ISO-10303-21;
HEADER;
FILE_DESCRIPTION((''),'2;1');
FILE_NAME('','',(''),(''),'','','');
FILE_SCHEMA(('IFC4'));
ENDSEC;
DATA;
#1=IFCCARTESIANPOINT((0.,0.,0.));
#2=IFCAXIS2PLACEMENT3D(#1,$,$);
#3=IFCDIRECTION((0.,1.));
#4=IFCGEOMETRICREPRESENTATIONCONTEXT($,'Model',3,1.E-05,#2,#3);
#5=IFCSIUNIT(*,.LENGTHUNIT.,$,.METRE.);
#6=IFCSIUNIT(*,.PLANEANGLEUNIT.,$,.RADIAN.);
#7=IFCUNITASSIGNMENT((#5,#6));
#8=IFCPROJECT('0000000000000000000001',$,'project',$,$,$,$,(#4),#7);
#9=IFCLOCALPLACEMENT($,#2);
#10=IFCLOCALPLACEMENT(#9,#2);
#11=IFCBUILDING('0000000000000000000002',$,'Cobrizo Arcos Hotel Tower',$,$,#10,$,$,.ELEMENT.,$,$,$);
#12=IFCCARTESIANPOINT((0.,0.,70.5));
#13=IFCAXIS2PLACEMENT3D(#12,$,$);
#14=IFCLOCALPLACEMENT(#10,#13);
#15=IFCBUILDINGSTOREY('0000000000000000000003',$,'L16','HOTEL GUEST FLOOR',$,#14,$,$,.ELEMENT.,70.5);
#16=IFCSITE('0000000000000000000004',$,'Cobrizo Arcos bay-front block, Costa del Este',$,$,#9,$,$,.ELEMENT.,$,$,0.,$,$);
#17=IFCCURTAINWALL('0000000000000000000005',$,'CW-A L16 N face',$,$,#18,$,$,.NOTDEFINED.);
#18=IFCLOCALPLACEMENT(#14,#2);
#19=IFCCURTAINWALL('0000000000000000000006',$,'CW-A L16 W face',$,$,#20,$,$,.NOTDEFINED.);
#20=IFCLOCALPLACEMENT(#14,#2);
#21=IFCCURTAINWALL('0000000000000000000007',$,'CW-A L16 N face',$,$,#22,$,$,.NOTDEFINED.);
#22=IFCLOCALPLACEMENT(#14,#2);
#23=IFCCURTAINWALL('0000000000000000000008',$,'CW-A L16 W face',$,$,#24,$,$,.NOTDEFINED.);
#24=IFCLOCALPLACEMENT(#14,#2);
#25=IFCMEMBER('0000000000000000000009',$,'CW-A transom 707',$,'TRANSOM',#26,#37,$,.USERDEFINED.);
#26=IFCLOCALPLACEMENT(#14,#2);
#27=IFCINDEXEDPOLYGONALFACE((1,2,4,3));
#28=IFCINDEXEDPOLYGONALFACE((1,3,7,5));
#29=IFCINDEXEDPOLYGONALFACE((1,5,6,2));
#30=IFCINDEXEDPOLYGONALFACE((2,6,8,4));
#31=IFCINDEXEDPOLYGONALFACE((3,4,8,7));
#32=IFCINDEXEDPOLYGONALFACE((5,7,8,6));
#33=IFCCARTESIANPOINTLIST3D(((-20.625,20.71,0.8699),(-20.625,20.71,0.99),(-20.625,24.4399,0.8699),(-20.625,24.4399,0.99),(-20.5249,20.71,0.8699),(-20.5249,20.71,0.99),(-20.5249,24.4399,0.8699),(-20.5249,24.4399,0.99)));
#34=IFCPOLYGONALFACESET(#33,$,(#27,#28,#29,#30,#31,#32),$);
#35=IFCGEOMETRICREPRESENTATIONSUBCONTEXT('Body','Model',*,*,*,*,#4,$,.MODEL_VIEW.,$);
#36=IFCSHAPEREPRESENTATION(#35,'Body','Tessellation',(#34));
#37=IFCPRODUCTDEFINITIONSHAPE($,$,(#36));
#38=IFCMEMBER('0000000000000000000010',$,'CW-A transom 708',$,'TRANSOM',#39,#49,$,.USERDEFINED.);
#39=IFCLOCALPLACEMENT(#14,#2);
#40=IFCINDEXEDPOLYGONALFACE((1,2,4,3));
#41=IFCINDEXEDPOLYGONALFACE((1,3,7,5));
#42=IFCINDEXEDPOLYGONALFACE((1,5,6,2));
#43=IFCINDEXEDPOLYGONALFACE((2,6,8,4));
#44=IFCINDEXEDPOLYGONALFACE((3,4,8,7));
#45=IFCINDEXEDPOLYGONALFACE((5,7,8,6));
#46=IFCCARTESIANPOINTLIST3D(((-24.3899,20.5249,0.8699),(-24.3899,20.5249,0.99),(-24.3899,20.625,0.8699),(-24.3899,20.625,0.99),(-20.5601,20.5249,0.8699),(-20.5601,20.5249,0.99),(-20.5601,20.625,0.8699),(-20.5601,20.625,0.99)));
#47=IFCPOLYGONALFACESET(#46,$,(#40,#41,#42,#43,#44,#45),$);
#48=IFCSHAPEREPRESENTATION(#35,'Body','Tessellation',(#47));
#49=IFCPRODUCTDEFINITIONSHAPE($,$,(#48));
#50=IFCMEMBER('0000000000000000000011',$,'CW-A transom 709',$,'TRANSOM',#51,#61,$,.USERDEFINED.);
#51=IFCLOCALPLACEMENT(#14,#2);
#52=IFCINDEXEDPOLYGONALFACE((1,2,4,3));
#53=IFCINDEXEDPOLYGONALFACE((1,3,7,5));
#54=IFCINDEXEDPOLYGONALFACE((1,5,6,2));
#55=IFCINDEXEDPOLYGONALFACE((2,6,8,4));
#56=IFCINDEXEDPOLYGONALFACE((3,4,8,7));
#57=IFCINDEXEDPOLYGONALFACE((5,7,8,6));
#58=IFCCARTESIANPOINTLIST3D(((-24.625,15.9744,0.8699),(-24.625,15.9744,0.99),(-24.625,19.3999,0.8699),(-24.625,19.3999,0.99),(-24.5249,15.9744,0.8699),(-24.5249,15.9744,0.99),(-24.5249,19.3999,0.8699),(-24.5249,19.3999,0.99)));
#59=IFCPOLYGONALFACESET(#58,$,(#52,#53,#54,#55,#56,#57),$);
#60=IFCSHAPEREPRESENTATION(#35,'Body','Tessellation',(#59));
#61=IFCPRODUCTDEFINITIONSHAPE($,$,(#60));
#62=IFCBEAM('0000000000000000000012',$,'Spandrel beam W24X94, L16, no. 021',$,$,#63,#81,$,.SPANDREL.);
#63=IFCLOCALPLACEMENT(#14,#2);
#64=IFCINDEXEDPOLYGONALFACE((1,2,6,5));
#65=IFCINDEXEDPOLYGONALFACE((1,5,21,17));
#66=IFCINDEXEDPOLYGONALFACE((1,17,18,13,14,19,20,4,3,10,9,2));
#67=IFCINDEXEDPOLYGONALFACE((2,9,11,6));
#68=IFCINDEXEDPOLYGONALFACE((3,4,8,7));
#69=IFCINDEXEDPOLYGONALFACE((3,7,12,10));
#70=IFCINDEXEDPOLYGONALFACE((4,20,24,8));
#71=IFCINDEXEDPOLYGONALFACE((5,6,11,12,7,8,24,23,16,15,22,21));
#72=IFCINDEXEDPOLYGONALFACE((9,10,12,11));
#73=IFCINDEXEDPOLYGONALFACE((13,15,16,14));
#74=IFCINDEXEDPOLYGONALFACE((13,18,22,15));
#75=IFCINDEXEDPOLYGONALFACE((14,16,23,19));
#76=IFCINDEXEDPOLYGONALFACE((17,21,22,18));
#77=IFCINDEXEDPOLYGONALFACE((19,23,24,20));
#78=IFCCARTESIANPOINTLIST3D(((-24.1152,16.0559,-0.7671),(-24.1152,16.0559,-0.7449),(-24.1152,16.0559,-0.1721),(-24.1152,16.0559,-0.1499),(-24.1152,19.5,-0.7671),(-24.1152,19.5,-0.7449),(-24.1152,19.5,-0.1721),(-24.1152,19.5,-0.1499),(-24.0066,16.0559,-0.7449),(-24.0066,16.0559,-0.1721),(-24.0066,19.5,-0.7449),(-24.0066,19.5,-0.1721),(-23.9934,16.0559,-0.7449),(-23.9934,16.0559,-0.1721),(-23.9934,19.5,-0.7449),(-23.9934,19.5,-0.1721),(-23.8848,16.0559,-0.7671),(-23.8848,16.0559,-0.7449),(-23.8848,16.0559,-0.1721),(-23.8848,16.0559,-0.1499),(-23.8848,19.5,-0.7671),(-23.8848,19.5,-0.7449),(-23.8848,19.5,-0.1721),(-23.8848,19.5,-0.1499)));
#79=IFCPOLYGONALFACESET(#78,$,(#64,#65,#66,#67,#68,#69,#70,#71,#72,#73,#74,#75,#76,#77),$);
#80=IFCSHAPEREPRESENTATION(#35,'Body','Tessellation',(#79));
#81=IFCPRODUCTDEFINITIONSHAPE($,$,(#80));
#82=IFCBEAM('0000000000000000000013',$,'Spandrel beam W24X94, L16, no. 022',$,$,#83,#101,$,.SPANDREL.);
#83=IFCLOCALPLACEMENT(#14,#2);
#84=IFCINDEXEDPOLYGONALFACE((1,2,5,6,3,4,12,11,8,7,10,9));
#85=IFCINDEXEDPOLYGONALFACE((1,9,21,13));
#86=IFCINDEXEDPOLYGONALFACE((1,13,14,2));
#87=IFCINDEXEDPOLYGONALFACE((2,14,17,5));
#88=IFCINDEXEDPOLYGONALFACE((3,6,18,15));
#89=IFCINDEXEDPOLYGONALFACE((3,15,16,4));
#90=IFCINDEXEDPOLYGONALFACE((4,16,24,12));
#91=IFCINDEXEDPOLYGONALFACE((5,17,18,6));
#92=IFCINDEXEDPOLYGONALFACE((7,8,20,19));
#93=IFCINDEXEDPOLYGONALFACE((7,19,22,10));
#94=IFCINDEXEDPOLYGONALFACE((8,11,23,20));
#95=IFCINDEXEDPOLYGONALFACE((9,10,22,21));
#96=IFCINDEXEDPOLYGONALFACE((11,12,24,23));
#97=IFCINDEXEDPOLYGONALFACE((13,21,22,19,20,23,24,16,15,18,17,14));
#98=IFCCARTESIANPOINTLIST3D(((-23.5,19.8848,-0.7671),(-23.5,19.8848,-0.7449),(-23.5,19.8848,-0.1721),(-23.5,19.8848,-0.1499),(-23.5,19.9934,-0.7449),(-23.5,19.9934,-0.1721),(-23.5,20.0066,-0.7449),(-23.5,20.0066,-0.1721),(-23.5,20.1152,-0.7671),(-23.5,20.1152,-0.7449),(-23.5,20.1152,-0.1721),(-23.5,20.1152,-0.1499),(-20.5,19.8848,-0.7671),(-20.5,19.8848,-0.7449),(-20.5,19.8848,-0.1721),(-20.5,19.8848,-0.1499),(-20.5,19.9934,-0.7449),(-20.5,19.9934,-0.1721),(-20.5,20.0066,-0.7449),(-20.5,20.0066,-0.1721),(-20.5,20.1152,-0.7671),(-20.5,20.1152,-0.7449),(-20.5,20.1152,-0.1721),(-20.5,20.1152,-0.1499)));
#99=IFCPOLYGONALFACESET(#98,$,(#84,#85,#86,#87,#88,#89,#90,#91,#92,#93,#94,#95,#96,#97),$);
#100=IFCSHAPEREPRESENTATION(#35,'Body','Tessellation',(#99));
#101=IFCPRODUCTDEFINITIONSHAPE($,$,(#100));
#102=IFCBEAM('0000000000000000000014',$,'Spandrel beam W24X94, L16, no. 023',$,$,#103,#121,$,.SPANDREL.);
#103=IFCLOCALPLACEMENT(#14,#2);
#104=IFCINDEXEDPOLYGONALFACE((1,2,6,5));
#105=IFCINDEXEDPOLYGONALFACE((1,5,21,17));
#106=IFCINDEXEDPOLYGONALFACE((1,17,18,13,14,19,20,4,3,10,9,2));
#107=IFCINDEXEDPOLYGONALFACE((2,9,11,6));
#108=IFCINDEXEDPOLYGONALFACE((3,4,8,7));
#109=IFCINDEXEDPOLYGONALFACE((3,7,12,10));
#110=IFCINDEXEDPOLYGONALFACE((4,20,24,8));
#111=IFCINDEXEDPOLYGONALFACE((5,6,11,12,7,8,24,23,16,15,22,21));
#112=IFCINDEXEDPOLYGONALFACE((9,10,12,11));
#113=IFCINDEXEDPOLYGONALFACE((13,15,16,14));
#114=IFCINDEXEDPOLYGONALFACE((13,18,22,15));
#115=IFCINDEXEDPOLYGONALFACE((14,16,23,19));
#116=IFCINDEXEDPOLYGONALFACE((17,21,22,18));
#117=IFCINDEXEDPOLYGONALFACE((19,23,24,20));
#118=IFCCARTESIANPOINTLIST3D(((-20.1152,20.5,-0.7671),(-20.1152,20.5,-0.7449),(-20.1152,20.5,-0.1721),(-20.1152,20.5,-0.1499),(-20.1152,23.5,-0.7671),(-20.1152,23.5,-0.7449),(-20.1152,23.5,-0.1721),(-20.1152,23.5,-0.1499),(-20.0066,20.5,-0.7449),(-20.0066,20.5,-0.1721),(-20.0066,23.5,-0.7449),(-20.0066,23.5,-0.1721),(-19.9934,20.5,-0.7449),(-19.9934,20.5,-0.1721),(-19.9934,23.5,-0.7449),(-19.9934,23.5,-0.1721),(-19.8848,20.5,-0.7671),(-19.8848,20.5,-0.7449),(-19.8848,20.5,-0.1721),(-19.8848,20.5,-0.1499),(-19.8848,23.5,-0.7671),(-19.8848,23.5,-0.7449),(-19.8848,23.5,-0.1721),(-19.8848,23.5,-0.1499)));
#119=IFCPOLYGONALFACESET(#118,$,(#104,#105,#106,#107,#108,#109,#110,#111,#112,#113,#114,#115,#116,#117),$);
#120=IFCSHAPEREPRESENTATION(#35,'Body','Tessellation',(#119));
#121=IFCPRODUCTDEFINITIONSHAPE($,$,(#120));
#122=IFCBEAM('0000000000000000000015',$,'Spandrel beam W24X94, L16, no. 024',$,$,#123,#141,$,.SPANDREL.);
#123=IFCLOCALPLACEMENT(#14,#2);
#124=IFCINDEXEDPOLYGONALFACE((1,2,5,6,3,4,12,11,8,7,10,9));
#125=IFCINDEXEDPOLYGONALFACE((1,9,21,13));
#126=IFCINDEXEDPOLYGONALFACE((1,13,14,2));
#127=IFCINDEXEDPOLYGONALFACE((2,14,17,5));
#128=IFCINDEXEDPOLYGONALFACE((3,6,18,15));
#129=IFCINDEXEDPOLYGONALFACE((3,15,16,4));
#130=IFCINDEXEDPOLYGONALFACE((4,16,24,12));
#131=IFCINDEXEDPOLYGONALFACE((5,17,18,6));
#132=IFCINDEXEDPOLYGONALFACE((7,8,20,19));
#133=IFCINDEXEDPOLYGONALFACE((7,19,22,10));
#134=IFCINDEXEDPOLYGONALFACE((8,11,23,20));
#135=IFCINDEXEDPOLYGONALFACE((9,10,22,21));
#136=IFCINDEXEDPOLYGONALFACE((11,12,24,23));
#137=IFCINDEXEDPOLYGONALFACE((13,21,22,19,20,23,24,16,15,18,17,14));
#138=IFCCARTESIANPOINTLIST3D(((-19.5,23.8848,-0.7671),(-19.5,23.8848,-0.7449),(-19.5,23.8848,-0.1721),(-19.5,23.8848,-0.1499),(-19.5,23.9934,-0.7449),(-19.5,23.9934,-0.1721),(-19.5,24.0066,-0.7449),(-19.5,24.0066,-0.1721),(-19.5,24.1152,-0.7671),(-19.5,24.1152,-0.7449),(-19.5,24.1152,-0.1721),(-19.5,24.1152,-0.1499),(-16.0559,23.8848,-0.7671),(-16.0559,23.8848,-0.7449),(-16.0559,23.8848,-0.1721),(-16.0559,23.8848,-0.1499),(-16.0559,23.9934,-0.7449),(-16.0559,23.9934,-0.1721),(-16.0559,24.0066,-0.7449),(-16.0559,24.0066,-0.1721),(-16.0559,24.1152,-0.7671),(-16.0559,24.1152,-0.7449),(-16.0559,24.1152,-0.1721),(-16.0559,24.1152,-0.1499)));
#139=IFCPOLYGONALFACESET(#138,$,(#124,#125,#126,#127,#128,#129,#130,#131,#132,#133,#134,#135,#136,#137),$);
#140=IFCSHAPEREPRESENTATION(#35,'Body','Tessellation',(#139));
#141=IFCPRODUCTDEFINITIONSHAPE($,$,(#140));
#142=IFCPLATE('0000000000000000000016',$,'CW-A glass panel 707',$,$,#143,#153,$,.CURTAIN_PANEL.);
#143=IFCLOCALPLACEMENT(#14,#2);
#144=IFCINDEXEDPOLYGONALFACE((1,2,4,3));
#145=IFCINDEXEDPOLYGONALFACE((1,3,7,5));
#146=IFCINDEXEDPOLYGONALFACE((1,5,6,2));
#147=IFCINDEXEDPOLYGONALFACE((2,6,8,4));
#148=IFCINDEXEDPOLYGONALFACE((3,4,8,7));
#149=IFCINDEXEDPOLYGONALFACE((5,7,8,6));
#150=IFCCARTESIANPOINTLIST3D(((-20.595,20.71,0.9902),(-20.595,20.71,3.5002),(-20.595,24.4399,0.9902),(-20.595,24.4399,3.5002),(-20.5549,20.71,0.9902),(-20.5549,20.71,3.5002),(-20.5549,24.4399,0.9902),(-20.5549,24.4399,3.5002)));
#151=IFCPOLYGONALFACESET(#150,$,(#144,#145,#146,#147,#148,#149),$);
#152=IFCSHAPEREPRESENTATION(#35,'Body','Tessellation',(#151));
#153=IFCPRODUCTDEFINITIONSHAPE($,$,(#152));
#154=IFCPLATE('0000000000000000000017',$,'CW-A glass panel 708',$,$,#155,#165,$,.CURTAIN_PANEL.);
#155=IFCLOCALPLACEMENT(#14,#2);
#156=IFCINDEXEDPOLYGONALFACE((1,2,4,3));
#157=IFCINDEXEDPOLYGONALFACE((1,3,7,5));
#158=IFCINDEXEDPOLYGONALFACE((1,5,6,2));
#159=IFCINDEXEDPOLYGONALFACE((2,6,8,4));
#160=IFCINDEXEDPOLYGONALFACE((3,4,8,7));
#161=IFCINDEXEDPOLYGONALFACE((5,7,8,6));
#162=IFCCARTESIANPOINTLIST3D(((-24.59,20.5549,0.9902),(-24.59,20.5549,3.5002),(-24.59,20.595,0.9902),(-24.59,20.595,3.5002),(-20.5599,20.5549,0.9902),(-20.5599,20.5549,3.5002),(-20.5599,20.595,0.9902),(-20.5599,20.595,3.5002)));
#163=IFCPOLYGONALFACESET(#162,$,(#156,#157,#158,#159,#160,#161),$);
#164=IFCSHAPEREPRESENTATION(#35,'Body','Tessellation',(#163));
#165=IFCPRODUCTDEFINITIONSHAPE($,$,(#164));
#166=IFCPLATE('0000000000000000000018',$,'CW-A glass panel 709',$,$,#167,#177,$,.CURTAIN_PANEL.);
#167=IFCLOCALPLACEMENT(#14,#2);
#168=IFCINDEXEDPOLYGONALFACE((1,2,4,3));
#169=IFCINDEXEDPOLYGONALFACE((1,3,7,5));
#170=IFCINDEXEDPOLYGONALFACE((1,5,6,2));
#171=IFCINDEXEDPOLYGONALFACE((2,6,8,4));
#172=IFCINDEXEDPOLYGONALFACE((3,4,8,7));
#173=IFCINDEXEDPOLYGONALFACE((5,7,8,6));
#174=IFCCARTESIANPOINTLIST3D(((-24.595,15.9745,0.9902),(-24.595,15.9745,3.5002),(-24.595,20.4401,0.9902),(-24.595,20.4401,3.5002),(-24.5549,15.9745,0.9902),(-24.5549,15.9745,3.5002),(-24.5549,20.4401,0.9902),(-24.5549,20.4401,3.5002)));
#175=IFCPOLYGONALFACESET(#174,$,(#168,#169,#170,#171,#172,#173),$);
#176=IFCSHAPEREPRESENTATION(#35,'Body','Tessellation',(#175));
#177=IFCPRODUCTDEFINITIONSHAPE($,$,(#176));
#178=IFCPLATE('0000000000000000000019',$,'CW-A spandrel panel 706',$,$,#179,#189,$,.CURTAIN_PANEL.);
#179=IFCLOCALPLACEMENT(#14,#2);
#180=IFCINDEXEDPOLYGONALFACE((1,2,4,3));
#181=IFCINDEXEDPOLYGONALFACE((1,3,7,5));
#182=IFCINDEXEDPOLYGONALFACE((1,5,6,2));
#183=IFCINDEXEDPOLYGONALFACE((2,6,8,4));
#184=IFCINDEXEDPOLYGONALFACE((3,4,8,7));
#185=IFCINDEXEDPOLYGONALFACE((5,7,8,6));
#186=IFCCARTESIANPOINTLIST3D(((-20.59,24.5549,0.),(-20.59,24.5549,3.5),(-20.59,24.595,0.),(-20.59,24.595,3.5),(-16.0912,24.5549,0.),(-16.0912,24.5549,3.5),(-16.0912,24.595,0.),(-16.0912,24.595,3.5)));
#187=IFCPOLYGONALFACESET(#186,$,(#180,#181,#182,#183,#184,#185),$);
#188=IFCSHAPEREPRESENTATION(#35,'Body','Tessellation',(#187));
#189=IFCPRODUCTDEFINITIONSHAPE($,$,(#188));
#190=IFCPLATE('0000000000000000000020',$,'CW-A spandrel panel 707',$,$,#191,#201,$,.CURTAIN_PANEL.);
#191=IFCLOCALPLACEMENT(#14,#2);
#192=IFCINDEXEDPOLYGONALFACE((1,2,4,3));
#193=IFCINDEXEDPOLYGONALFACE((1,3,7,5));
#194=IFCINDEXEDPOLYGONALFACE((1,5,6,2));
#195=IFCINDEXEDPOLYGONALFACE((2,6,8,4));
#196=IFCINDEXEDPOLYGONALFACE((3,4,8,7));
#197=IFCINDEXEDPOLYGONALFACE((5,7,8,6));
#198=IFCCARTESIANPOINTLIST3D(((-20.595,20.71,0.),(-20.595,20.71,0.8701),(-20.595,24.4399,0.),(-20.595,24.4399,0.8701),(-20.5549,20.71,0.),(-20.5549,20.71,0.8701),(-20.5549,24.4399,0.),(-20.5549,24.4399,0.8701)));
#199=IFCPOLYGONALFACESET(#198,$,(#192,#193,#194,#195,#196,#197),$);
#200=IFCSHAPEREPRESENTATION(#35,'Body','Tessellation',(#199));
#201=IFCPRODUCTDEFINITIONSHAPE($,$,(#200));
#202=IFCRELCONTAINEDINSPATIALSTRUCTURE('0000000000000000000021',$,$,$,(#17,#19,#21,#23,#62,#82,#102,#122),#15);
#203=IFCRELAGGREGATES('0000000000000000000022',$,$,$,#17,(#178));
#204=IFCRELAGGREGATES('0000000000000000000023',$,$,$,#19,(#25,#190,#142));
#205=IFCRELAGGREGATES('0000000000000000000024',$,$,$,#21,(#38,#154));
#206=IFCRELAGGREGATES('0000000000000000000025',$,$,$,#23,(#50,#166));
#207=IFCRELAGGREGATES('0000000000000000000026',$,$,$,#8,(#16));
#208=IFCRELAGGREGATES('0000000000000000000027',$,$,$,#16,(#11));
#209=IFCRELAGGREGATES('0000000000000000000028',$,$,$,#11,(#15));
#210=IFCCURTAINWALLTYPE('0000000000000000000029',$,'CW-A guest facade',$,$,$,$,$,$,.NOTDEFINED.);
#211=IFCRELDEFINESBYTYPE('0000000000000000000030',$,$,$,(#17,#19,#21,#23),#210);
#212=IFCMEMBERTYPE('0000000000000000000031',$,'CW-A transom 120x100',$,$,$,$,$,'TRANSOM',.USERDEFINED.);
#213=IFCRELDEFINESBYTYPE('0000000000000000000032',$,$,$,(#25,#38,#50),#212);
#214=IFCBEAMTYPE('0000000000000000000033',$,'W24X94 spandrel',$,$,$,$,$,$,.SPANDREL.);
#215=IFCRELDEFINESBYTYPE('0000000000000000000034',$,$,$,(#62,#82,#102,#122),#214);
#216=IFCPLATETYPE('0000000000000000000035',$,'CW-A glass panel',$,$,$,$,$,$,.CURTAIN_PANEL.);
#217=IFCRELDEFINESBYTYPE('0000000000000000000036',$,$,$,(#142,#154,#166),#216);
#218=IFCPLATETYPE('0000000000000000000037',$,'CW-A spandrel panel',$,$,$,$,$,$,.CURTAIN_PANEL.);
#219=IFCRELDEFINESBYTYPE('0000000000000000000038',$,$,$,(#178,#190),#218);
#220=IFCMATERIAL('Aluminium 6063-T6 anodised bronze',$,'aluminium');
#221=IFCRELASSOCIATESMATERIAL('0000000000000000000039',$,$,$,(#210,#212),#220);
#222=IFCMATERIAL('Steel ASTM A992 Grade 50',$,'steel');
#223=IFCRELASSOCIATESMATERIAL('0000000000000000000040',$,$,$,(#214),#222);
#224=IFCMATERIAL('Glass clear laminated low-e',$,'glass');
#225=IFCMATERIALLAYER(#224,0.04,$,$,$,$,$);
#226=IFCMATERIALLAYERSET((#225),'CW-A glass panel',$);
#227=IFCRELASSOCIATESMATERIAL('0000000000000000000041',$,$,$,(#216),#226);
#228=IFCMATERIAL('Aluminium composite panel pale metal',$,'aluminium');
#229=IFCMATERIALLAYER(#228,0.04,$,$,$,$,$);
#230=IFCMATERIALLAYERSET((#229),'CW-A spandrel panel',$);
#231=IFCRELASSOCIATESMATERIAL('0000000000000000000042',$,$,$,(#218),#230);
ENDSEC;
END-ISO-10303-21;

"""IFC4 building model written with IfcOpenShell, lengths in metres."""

from ifc_helpers import new_model, si_unit, direction, frame, origin, origin_2d, place, context, subcontext, project, spatial, rectangle, i_section, extrude, material, layer, layer_set, material_profile, profile_set, type_object, element, aggregate, save


model = new_model("IFC4")

# Units and contexts
model_context = context("Model", 3, precision=1e-05, world=origin(), true_north=direction((0.0, 1.0)))
body_context = subcontext(model_context, "Body", "Model", "MODEL_VIEW")
ifc_project = project(units=[si_unit("LENGTHUNIT", "METRE"), si_unit("PLANEANGLEUNIT", "RADIAN")], contexts=[model_context])

# Site, building, storey
site_placement = place(None, origin())
site = spatial("IfcSite", under=ifc_project, at=site_placement, Name="Cobrizo Arcos bay-front block, Costa del Este", CompositionType="ELEMENT", RefElevation=0.0)
building_placement = place(site_placement, origin())
building = spatial("IfcBuilding", under=site, at=building_placement, Name="Cobrizo Arcos Hotel Tower", CompositionType="ELEMENT")
storey_placement = place(building_placement, frame((0.0, 0.0, 70.5)))
storey = spatial("IfcBuildingStorey", under=building, at=storey_placement, Name="L16", Description="HOTEL GUEST FLOOR", CompositionType="ELEMENT", Elevation=70.5)

# Curtain walls
ifc_material_1 = material(Name="Aluminium 6063-T6 anodised bronze", Category="aluminium")
curtain_wall_type = type_object("IfcCurtainWallType", Name="CW-A guest facade", PredefinedType="NOTDEFINED", material=ifc_material_1)
curtain_wall_1_placement = place(storey_placement, origin())
curtain_wall_1 = element("IfcCurtainWall", 1, at=curtain_wall_1_placement, inside=storey, type_object=curtain_wall_type, Name="CW-A L16 N face", PredefinedType="NOTDEFINED")
curtain_wall_2_placement = place(storey_placement, origin())
curtain_wall_2 = element("IfcCurtainWall", 2, at=curtain_wall_2_placement, inside=storey, type_object=curtain_wall_type, Name="CW-A L16 W face", PredefinedType="NOTDEFINED")
curtain_wall_3_placement = place(storey_placement, origin())
curtain_wall_3 = element("IfcCurtainWall", 3, at=curtain_wall_3_placement, inside=storey, type_object=curtain_wall_type, Name="CW-A L16 N face", PredefinedType="NOTDEFINED")
curtain_wall_4_placement = place(storey_placement, origin())
curtain_wall_4 = element("IfcCurtainWall", 4, at=curtain_wall_4_placement, inside=storey, type_object=curtain_wall_type, Name="CW-A L16 W face", PredefinedType="NOTDEFINED")

# Members
ifc_material_profile_1 = material_profile(ifc_material_1, rectangle(XDim=0.1001, YDim=0.1201, at=origin_2d()), Name="CW-A transom 120x100")
ifc_profile_set_1 = profile_set([ifc_material_profile_1], Name="Aluminium 6063-T6 anodised bronze")
member_type_1 = type_object("IfcMemberType", Name="CW-A transom 120x100", ElementType="TRANSOM", PredefinedType="USERDEFINED", material=ifc_profile_set_1)
member_1_placement = place(storey_placement, frame((-20.575, 24.4399, 0.9299), z_axis=(0.0, -1.0, 0.0), x_axis=(1.0, 0.0, 0.0)))
member_1 = element("IfcMember", 5, at=member_1_placement, type_object=member_type_1, Name="CW-A transom 707", ObjectType="TRANSOM", PredefinedType="USERDEFINED", context=body_context, shape_type="SweptSolid", body=[
    extrude(rectangle(XDim=0.1001, YDim=0.1201, at=origin_2d()), origin(), (0.0, 0.0, 1.0), 3.73),
])
member_2_placement = place(storey_placement, frame((-20.5601, 20.575, 0.9299), z_axis=(-1.0, 0.0, 0.0), x_axis=(0.0, -1.0, 0.0)))
member_2 = element("IfcMember", 6, at=member_2_placement, type_object=member_type_1, Name="CW-A transom 708", ObjectType="TRANSOM", PredefinedType="USERDEFINED", context=body_context, shape_type="SweptSolid", body=[
    extrude(rectangle(XDim=0.1001, YDim=0.1201, at=origin_2d()), origin(), (0.0, 0.0, 1.0), 3.8298),
])
member_3_placement = place(storey_placement, frame((-24.575, 19.3999, 0.9299), z_axis=(0.0, -1.0, 0.0), x_axis=(1.0, 0.0, 0.0)))
member_3 = element("IfcMember", 7, at=member_3_placement, type_object=member_type_1, Name="CW-A transom 709", ObjectType="TRANSOM", PredefinedType="USERDEFINED", context=body_context, shape_type="SweptSolid", body=[
    extrude(rectangle(XDim=0.1001, YDim=0.1201, at=origin_2d()), origin(), (0.0, 0.0, 1.0), 3.4255),
])

# Beams
ifc_material_2 = material(Name="Steel ASTM A992 Grade 50", Category="steel")
ifc_material_profile_2 = material_profile(ifc_material_2, i_section(OverallWidth=0.2305, OverallDepth=0.6172, WebThickness=0.0132, FlangeThickness=0.0222, at=origin_2d()), Name="W24X94")
ifc_profile_set_2 = profile_set([ifc_material_profile_2], Name="Steel ASTM A992 Grade 50")
beam_type_1 = type_object("IfcBeamType", Name="W24X94 spandrel", PredefinedType="SPANDREL", material=ifc_profile_set_2)
beam_1_placement = place(storey_placement, frame((-24.0, 16.0559, -0.4585), z_axis=(0.0, 1.0, 0.0), x_axis=(-1.0, 0.0, 0.0)))
element("IfcBeam", 8, at=beam_1_placement, inside=storey, type_object=beam_type_1, Name="Spandrel beam W24X94, L16, no. 021", PredefinedType="SPANDREL", context=body_context, shape_type="SweptSolid", body=[
    extrude(i_section(OverallWidth=0.2305, OverallDepth=0.6172, WebThickness=0.0132, FlangeThickness=0.0222, at=origin_2d()), origin(), (0.0, 0.0, 1.0), 3.4441),
])
for number, where, z_axis, x_axis, name in (
    (9, (-23.5, 20.0, -0.4585), (1.0, 0.0, 0.0), (0.0, 1.0, 0.0), "Spandrel beam W24X94, L16, no. 022"),
    (10, (-20.0, 20.5, -0.4585), (0.0, 1.0, 0.0), (-1.0, 0.0, 0.0), "Spandrel beam W24X94, L16, no. 023"),
):
    element("IfcBeam", number, at=place(storey_placement, frame(where, z_axis=z_axis, x_axis=x_axis)), inside=storey, type_object=beam_type_1, Name=name, PredefinedType="SPANDREL", context=body_context, shape_type="SweptSolid", body=[
        extrude(i_section(OverallWidth=0.2305, OverallDepth=0.6172, WebThickness=0.0132, FlangeThickness=0.0222, at=origin_2d()), origin(), (0.0, 0.0, 1.0), 3.0),
    ])
beam_2_placement = place(storey_placement, frame((-19.5, 24.0, -0.4585), z_axis=(1.0, 0.0, 0.0), x_axis=(0.0, 1.0, 0.0)))
element("IfcBeam", 11, at=beam_2_placement, inside=storey, type_object=beam_type_1, Name="Spandrel beam W24X94, L16, no. 024", PredefinedType="SPANDREL", context=body_context, shape_type="SweptSolid", body=[
    extrude(i_section(OverallWidth=0.2305, OverallDepth=0.6172, WebThickness=0.0132, FlangeThickness=0.0222, at=origin_2d()), origin(), (0.0, 0.0, 1.0), 3.4441),
])

# Plates
ifc_material_3 = material(Name="Glass clear laminated low-e", Category="glass")
ifc_layer_1 = layer(ifc_material_3, 0.04)
ifc_layer_set_1 = layer_set([ifc_layer_1], Name="CW-A glass panel")
plate_type_1 = type_object("IfcPlateType", Name="CW-A glass panel", PredefinedType="CURTAIN_PANEL", material=ifc_layer_set_1)
plate_1_placement = place(storey_placement, frame((-20.575, 22.575, 0.9902), z_axis=(0.0, 0.0, 1.0), x_axis=(0.0, -1.0, 0.0)))
plate_1 = element("IfcPlate", 12, at=plate_1_placement, type_object=plate_type_1, Name="CW-A glass panel 707", PredefinedType="CURTAIN_PANEL", context=body_context, shape_type="SweptSolid", body=[
    extrude(rectangle(XDim=3.73, YDim=0.04, at=origin_2d()), origin(), (0.0, 0.0, 1.0), 2.51),
])
plate_2_placement = place(storey_placement, frame((-22.575, 20.575, 0.9902), z_axis=(0.0, 0.0, 1.0), x_axis=(-1.0, 0.0, 0.0)))
plate_2 = element("IfcPlate", 13, at=plate_2_placement, type_object=plate_type_1, Name="CW-A glass panel 708", PredefinedType="CURTAIN_PANEL", context=body_context, shape_type="SweptSolid", body=[
    extrude(rectangle(XDim=4.03, YDim=0.04, at=origin_2d()), origin(), (0.0, 0.0, 1.0), 2.51),
])
plate_3_placement = place(storey_placement, frame((-24.575, 18.2073, 0.9902), z_axis=(0.0, 0.0, 1.0), x_axis=(0.0, -1.0, 0.0)))
plate_3 = element("IfcPlate", 14, at=plate_3_placement, type_object=plate_type_1, Name="CW-A glass panel 709", PredefinedType="CURTAIN_PANEL", context=body_context, shape_type="SweptSolid", body=[
    extrude(rectangle(XDim=4.4656, YDim=0.04, at=origin_2d()), origin(), (0.0, 0.0, 1.0), 2.51),
])
ifc_material_4 = material(Name="Aluminium composite panel pale metal", Category="aluminium")
ifc_layer_2 = layer(ifc_material_4, 0.04)
ifc_layer_set_2 = layer_set([ifc_layer_2], Name="CW-A spandrel panel")
plate_type_2 = type_object("IfcPlateType", Name="CW-A spandrel panel", PredefinedType="CURTAIN_PANEL", material=ifc_layer_set_2)
plate_4_placement = place(storey_placement, frame((-18.3406, 24.575, 0.0), z_axis=(0.0, 0.0, 1.0), x_axis=(-1.0, 0.0, 0.0)))
plate_4 = element("IfcPlate", 15, at=plate_4_placement, type_object=plate_type_2, Name="CW-A spandrel panel 706", PredefinedType="CURTAIN_PANEL", context=body_context, shape_type="SweptSolid", body=[
    extrude(rectangle(XDim=4.4988, YDim=0.04, at=origin_2d()), origin(), (0.0, 0.0, 1.0), 3.5),
])
aggregate(curtain_wall_1, [plate_4])
plate_5_placement = place(storey_placement, frame((-20.575, 22.575, 0.0), z_axis=(0.0, 0.0, 1.0), x_axis=(0.0, -1.0, 0.0)))
plate_5 = element("IfcPlate", 16, at=plate_5_placement, type_object=plate_type_2, Name="CW-A spandrel panel 707", PredefinedType="CURTAIN_PANEL", context=body_context, shape_type="SweptSolid", body=[
    extrude(rectangle(XDim=3.73, YDim=0.04, at=origin_2d()), origin(), (0.0, 0.0, 1.0), 0.8701),
])
aggregate(curtain_wall_2, [member_1, plate_5, plate_1])
aggregate(curtain_wall_3, [member_2, plate_2])
aggregate(curtain_wall_4, [member_3, plate_3])

save(model, "model.ifc")
